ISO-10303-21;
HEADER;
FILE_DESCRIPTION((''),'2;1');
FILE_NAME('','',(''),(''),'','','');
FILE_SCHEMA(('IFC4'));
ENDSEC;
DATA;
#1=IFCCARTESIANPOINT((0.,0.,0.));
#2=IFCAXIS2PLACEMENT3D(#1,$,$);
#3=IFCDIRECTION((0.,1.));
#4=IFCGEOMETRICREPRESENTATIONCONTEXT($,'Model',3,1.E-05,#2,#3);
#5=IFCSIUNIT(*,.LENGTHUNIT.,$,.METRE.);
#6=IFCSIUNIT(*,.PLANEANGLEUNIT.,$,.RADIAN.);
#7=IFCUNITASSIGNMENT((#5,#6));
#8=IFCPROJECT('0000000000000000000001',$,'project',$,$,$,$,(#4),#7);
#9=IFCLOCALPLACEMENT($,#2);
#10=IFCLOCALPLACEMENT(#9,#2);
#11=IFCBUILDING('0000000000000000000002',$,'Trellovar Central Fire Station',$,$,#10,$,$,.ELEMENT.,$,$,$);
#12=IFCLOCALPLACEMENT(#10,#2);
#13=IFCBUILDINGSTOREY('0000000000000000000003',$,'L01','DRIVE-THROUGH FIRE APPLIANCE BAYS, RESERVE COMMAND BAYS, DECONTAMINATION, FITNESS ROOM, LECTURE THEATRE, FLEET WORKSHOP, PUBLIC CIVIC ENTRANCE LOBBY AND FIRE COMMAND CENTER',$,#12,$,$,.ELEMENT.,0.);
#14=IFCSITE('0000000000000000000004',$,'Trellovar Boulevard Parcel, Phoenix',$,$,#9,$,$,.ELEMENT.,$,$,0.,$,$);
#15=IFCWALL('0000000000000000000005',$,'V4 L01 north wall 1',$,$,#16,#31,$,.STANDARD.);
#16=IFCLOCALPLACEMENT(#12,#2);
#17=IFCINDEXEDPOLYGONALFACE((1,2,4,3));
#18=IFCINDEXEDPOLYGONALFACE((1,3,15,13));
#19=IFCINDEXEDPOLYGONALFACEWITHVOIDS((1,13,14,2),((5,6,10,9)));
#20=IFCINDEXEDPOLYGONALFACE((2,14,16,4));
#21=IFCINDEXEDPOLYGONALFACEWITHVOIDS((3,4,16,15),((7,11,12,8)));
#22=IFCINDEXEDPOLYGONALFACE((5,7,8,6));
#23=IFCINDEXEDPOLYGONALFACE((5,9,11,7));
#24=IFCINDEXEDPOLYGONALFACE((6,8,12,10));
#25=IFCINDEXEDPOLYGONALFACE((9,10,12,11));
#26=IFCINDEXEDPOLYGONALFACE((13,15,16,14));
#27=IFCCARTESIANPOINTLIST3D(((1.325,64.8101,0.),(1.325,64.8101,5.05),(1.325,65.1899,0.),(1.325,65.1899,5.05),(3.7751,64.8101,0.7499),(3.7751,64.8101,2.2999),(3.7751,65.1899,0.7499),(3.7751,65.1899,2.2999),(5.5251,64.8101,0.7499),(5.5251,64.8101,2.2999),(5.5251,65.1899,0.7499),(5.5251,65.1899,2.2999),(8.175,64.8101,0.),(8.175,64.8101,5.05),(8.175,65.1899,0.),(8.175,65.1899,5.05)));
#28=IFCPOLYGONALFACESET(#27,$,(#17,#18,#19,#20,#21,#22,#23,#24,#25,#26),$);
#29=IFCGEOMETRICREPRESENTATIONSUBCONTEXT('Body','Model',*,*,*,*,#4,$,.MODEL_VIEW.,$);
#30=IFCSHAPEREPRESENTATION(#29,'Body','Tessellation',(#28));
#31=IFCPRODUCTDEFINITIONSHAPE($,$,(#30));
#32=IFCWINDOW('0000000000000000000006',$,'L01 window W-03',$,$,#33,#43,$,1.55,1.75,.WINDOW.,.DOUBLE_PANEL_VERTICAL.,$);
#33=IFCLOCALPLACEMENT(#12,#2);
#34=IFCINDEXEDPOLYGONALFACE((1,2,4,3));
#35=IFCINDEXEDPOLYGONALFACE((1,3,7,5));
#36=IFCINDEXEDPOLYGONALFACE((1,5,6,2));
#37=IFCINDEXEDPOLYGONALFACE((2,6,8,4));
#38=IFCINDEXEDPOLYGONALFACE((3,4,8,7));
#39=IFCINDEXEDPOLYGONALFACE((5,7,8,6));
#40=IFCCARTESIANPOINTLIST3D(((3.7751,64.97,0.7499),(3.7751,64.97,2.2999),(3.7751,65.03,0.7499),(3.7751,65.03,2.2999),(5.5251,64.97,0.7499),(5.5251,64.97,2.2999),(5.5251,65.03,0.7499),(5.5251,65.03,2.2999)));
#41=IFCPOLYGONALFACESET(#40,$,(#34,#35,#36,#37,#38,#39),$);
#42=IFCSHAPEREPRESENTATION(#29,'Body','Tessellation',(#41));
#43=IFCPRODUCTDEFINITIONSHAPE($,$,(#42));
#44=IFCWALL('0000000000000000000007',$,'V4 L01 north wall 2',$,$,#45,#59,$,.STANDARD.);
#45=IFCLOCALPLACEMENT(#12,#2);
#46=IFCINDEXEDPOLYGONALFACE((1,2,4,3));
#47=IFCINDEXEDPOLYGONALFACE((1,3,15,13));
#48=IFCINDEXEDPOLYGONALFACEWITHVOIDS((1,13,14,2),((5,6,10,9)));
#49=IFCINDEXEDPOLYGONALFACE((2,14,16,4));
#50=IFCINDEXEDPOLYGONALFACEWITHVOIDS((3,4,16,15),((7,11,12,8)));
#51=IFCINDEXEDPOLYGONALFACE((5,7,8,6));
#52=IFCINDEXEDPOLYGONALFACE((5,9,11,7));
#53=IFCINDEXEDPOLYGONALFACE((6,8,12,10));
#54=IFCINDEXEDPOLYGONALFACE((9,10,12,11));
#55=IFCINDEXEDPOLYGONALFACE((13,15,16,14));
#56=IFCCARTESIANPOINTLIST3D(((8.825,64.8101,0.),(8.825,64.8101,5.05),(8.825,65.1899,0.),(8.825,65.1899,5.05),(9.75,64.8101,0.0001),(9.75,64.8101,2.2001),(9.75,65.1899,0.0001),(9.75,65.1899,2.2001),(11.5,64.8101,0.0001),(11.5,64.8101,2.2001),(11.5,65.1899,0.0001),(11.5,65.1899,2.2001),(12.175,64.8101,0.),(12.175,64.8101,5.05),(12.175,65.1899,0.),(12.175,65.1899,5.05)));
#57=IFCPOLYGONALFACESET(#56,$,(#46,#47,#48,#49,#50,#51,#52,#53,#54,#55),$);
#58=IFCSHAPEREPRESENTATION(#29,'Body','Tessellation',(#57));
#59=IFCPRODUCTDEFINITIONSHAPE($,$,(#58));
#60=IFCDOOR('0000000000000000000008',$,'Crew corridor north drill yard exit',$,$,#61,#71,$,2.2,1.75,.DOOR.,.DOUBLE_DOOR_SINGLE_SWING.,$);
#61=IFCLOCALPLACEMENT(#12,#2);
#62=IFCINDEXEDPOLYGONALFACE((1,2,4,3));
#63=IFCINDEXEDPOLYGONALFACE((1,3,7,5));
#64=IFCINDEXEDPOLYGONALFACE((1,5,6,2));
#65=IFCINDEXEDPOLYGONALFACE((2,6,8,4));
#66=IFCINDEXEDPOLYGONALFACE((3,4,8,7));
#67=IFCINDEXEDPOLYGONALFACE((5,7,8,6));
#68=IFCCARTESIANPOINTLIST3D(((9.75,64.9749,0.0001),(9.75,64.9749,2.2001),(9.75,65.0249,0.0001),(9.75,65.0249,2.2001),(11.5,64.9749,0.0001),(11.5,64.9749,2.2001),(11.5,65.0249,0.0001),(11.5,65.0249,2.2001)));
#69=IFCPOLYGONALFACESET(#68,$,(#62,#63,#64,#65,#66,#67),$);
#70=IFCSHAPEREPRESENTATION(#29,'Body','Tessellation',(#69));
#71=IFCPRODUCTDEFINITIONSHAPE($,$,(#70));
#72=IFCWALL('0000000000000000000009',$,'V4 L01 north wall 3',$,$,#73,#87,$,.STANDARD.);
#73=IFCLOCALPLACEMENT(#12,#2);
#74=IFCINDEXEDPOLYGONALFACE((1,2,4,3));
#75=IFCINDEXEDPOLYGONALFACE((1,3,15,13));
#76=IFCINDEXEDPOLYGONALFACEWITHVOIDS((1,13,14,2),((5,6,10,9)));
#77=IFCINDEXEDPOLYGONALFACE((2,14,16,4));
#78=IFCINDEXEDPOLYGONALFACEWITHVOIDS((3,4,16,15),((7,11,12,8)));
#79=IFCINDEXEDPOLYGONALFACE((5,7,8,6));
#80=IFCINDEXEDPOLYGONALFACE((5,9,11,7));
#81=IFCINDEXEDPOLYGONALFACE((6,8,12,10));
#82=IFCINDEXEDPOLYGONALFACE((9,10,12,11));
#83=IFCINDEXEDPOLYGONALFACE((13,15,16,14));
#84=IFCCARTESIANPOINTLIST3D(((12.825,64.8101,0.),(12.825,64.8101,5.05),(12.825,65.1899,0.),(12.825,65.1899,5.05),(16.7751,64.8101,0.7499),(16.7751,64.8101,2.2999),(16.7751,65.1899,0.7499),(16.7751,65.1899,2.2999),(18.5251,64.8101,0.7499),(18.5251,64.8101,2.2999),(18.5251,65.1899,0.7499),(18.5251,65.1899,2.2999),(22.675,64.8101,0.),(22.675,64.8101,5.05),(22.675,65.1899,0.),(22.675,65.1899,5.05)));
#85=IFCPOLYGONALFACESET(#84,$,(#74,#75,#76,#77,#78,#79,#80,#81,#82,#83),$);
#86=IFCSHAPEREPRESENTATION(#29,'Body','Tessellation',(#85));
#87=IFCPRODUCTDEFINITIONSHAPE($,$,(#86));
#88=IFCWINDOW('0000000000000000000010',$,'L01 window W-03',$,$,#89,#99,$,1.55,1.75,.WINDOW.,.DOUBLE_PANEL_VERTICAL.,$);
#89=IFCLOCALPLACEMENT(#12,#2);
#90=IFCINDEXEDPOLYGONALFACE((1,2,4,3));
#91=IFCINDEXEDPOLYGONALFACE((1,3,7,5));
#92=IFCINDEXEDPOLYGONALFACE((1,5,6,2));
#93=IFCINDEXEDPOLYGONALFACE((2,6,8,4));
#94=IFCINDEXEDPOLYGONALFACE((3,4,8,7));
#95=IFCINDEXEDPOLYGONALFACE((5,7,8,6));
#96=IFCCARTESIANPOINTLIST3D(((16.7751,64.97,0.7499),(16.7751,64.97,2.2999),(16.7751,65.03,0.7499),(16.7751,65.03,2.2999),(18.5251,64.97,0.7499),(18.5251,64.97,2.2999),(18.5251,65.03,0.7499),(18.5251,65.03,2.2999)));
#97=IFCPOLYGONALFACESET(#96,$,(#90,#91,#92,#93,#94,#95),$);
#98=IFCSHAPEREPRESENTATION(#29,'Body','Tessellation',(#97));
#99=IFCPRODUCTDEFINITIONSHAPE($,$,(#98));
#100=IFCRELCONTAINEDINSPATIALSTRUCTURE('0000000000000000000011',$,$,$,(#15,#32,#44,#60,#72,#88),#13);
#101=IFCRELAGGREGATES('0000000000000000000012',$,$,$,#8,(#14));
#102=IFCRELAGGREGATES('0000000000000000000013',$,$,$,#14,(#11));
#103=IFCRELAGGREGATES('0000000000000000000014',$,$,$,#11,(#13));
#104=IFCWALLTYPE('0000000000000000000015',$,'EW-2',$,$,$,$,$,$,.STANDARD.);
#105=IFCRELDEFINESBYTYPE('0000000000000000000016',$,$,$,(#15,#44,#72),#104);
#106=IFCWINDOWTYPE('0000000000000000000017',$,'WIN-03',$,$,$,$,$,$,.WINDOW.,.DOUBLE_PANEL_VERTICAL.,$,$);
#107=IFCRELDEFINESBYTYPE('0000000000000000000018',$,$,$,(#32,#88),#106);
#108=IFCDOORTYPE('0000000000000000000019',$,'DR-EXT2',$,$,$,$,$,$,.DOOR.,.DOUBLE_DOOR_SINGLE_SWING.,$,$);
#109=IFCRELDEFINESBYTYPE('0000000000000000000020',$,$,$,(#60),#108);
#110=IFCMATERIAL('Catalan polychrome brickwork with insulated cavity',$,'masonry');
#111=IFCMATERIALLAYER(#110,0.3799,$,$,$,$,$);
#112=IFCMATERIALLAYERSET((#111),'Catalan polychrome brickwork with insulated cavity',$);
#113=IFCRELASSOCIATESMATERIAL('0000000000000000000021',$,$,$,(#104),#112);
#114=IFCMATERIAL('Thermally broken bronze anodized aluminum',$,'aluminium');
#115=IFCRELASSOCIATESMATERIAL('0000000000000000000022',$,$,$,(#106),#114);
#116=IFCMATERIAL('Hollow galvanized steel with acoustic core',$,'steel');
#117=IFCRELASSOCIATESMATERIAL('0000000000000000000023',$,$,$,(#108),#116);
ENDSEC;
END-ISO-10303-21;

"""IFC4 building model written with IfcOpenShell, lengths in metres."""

from ifc_helpers import new_model, si_unit, direction, frame, frame_2d, origin, place, context, subcontext, project, spatial, rectangle, extrude, material, layer, layer_set, type_object, element, fill, save


model = new_model("IFC4")

# Units and contexts
model_context = context("Model", 3, precision=1e-05, world=origin(), true_north=direction((0.0, 1.0)))
body_context = subcontext(model_context, "Body", "Model", "MODEL_VIEW")
ifc_project = project(units=[si_unit("LENGTHUNIT", "METRE"), si_unit("PLANEANGLEUNIT", "RADIAN")], contexts=[model_context])

# Site, building, storey
site_placement = place(None, origin())
site = spatial("IfcSite", under=ifc_project, at=site_placement, Name="Trellovar Boulevard Parcel, Phoenix", CompositionType="ELEMENT", RefElevation=0.0)
building_placement = place(site_placement, origin())
building = spatial("IfcBuilding", under=site, at=building_placement, Name="Trellovar Central Fire Station", CompositionType="ELEMENT")
storey_placement = place(building_placement, origin())
storey = spatial("IfcBuildingStorey", under=building, at=storey_placement, Name="L01", Description="DRIVE-THROUGH FIRE APPLIANCE BAYS, RESERVE COMMAND BAYS, DECONTAMINATION, FITNESS ROOM, LECTURE THEATRE, FLEET WORKSHOP, PUBLIC CIVIC ENTRANCE LOBBY AND FIRE COMMAND CENTER", CompositionType="ELEMENT", Elevation=0.0)

# Wall, opening, window
ifc_material_1 = material(Name="Catalan polychrome brickwork with insulated cavity", Category="masonry")
ifc_layer = layer(ifc_material_1, 0.3799)
ifc_layer_set = layer_set([ifc_layer], Name="Catalan polychrome brickwork with insulated cavity")
wall_type = type_object("IfcWallType", Name="EW-2", PredefinedType="STANDARD", material=ifc_layer_set)
wall_1_placement = place(storey_placement, frame((8.175, 65.0, 0.0), z_axis=(0.0, 0.0, 1.0), x_axis=(-1.0, 0.0, 0.0)))
wall_1 = element("IfcWall", 1, at=wall_1_placement, inside=storey, type_object=wall_type, Name="V4 L01 north wall 1", PredefinedType="STANDARD", context=body_context, shape_type="SweptSolid", body=[
    extrude(rectangle(XDim=6.8501, YDim=0.3799, at=frame_2d((3.425, 0.0))), origin(), (0.0, 0.0, 1.0), 5.05),
])
opening_1_placement = place(wall_1_placement, frame((2.6499, 0.0, 0.75)))
opening_1 = element("IfcOpeningElement", 2, at=opening_1_placement, cuts=wall_1, PredefinedType="OPENING", context=body_context, shape_type="SweptSolid", body=[
    extrude(rectangle(XDim=1.75, YDim=1.55, at=frame_2d((0.875, 0.7749))), frame((0.0, 0.2, 0.0), z_axis=(0.0, -1.0, 0.0), x_axis=(1.0, 0.0, 0.0)), (0.0, 0.0, 1.0), 0.3999),
])
ifc_material_2 = material(Name="Thermally broken bronze anodized aluminum", Category="aluminium")
window_type = type_object("IfcWindowType", Name="WIN-03", PartitioningType="DOUBLE_PANEL_VERTICAL", PredefinedType="WINDOW", material=ifc_material_2)
window_1_placement = place(opening_1_placement, origin())
window_1 = element("IfcWindow", 3, at=window_1_placement, inside=storey, type_object=window_type, Name="L01 window W-03", OverallHeight=1.55, OverallWidth=1.75, PartitioningType="DOUBLE_PANEL_VERTICAL", PredefinedType="WINDOW", context=body_context, shape_type="SweptSolid", body=[
    extrude(rectangle(XDim=1.75, YDim=1.55, at=frame_2d((0.875, 0.7749))), frame((0.0, 0.03, 0.0), z_axis=(0.0, -1.0, 0.0), x_axis=(1.0, 0.0, 0.0)), (0.0, 0.0, 1.0), 0.0601),
])
fill(opening_1, window_1)

# Wall, opening, door
wall_2_placement = place(storey_placement, frame((12.175, 65.0, 0.0), z_axis=(0.0, 0.0, 1.0), x_axis=(-1.0, 0.0, 0.0)))
wall_2 = element("IfcWall", 4, at=wall_2_placement, inside=storey, type_object=wall_type, Name="V4 L01 north wall 2", PredefinedType="STANDARD", context=body_context, shape_type="SweptSolid", body=[
    extrude(rectangle(XDim=3.3501, YDim=0.3799, at=frame_2d((1.675, 0.0))), origin(), (0.0, 0.0, 1.0), 5.05),
])
opening_2_placement = place(wall_2_placement, frame((0.675, 0.0, 0.0)))
opening_2 = element("IfcOpeningElement", 5, at=opening_2_placement, cuts=wall_2, PredefinedType="OPENING", context=body_context, shape_type="SweptSolid", body=[
    extrude(rectangle(XDim=1.75, YDim=2.2, at=frame_2d((0.875, 1.1001))), frame((0.0, 0.2, 0.0), z_axis=(0.0, -1.0, 0.0), x_axis=(1.0, 0.0, 0.0)), (0.0, 0.0, 1.0), 0.3999),
])
ifc_material_3 = material(Name="Hollow galvanized steel with acoustic core", Category="steel")
door_type = type_object("IfcDoorType", Name="DR-EXT2", OperationType="DOUBLE_DOOR_SINGLE_SWING", PredefinedType="DOOR", material=ifc_material_3)
door_placement = place(opening_2_placement, frame((1.75, 0.0, 0.0), z_axis=(0.0, 0.0, 1.0), x_axis=(-1.0, 0.0, 0.0)))
door = element("IfcDoor", 6, at=door_placement, inside=storey, type_object=door_type, Name="Crew corridor north drill yard exit", OperationType="DOUBLE_DOOR_SINGLE_SWING", OverallHeight=2.2, OverallWidth=1.75, PredefinedType="DOOR", context=body_context, shape_type="SweptSolid", body=[
    extrude(rectangle(XDim=1.75, YDim=2.2, at=frame_2d((0.875, 1.1001))), frame((0.0, 0.0249, 0.0), z_axis=(0.0, -1.0, 0.0), x_axis=(1.0, 0.0, 0.0)), (0.0, 0.0, 1.0), 0.05),
])
fill(opening_2, door)

# Wall, opening, window
wall_3_placement = place(storey_placement, frame((22.675, 65.0, 0.0), z_axis=(0.0, 0.0, 1.0), x_axis=(-1.0, 0.0, 0.0)))
wall_3 = element("IfcWall", 7, at=wall_3_placement, inside=storey, type_object=wall_type, Name="V4 L01 north wall 3", PredefinedType="STANDARD", context=body_context, shape_type="SweptSolid", body=[
    extrude(rectangle(XDim=9.8501, YDim=0.3799, at=frame_2d((4.925, 0.0))), origin(), (0.0, 0.0, 1.0), 5.05),
])
opening_3_placement = place(wall_3_placement, frame((4.1499, 0.0, 0.75)))
opening_3 = element("IfcOpeningElement", 8, at=opening_3_placement, cuts=wall_3, PredefinedType="OPENING", context=body_context, shape_type="SweptSolid", body=[
    extrude(rectangle(XDim=1.75, YDim=1.55, at=frame_2d((0.875, 0.7749))), frame((0.0, 0.2, 0.0), z_axis=(0.0, -1.0, 0.0), x_axis=(1.0, 0.0, 0.0)), (0.0, 0.0, 1.0), 0.3999),
])
window_2_placement = place(opening_3_placement, origin())
window_2 = element("IfcWindow", 9, at=window_2_placement, inside=storey, type_object=window_type, Name="L01 window W-03", OverallHeight=1.55, OverallWidth=1.75, PartitioningType="DOUBLE_PANEL_VERTICAL", PredefinedType="WINDOW", context=body_context, shape_type="SweptSolid", body=[
    extrude(rectangle(XDim=1.75, YDim=1.55, at=frame_2d((0.875, 0.7749))), frame((0.0, 0.03, 0.0), z_axis=(0.0, -1.0, 0.0), x_axis=(1.0, 0.0, 0.0)), (0.0, 0.0, 1.0), 0.0601),
])
fill(opening_3, window_2)

save(model, "model.ifc")
